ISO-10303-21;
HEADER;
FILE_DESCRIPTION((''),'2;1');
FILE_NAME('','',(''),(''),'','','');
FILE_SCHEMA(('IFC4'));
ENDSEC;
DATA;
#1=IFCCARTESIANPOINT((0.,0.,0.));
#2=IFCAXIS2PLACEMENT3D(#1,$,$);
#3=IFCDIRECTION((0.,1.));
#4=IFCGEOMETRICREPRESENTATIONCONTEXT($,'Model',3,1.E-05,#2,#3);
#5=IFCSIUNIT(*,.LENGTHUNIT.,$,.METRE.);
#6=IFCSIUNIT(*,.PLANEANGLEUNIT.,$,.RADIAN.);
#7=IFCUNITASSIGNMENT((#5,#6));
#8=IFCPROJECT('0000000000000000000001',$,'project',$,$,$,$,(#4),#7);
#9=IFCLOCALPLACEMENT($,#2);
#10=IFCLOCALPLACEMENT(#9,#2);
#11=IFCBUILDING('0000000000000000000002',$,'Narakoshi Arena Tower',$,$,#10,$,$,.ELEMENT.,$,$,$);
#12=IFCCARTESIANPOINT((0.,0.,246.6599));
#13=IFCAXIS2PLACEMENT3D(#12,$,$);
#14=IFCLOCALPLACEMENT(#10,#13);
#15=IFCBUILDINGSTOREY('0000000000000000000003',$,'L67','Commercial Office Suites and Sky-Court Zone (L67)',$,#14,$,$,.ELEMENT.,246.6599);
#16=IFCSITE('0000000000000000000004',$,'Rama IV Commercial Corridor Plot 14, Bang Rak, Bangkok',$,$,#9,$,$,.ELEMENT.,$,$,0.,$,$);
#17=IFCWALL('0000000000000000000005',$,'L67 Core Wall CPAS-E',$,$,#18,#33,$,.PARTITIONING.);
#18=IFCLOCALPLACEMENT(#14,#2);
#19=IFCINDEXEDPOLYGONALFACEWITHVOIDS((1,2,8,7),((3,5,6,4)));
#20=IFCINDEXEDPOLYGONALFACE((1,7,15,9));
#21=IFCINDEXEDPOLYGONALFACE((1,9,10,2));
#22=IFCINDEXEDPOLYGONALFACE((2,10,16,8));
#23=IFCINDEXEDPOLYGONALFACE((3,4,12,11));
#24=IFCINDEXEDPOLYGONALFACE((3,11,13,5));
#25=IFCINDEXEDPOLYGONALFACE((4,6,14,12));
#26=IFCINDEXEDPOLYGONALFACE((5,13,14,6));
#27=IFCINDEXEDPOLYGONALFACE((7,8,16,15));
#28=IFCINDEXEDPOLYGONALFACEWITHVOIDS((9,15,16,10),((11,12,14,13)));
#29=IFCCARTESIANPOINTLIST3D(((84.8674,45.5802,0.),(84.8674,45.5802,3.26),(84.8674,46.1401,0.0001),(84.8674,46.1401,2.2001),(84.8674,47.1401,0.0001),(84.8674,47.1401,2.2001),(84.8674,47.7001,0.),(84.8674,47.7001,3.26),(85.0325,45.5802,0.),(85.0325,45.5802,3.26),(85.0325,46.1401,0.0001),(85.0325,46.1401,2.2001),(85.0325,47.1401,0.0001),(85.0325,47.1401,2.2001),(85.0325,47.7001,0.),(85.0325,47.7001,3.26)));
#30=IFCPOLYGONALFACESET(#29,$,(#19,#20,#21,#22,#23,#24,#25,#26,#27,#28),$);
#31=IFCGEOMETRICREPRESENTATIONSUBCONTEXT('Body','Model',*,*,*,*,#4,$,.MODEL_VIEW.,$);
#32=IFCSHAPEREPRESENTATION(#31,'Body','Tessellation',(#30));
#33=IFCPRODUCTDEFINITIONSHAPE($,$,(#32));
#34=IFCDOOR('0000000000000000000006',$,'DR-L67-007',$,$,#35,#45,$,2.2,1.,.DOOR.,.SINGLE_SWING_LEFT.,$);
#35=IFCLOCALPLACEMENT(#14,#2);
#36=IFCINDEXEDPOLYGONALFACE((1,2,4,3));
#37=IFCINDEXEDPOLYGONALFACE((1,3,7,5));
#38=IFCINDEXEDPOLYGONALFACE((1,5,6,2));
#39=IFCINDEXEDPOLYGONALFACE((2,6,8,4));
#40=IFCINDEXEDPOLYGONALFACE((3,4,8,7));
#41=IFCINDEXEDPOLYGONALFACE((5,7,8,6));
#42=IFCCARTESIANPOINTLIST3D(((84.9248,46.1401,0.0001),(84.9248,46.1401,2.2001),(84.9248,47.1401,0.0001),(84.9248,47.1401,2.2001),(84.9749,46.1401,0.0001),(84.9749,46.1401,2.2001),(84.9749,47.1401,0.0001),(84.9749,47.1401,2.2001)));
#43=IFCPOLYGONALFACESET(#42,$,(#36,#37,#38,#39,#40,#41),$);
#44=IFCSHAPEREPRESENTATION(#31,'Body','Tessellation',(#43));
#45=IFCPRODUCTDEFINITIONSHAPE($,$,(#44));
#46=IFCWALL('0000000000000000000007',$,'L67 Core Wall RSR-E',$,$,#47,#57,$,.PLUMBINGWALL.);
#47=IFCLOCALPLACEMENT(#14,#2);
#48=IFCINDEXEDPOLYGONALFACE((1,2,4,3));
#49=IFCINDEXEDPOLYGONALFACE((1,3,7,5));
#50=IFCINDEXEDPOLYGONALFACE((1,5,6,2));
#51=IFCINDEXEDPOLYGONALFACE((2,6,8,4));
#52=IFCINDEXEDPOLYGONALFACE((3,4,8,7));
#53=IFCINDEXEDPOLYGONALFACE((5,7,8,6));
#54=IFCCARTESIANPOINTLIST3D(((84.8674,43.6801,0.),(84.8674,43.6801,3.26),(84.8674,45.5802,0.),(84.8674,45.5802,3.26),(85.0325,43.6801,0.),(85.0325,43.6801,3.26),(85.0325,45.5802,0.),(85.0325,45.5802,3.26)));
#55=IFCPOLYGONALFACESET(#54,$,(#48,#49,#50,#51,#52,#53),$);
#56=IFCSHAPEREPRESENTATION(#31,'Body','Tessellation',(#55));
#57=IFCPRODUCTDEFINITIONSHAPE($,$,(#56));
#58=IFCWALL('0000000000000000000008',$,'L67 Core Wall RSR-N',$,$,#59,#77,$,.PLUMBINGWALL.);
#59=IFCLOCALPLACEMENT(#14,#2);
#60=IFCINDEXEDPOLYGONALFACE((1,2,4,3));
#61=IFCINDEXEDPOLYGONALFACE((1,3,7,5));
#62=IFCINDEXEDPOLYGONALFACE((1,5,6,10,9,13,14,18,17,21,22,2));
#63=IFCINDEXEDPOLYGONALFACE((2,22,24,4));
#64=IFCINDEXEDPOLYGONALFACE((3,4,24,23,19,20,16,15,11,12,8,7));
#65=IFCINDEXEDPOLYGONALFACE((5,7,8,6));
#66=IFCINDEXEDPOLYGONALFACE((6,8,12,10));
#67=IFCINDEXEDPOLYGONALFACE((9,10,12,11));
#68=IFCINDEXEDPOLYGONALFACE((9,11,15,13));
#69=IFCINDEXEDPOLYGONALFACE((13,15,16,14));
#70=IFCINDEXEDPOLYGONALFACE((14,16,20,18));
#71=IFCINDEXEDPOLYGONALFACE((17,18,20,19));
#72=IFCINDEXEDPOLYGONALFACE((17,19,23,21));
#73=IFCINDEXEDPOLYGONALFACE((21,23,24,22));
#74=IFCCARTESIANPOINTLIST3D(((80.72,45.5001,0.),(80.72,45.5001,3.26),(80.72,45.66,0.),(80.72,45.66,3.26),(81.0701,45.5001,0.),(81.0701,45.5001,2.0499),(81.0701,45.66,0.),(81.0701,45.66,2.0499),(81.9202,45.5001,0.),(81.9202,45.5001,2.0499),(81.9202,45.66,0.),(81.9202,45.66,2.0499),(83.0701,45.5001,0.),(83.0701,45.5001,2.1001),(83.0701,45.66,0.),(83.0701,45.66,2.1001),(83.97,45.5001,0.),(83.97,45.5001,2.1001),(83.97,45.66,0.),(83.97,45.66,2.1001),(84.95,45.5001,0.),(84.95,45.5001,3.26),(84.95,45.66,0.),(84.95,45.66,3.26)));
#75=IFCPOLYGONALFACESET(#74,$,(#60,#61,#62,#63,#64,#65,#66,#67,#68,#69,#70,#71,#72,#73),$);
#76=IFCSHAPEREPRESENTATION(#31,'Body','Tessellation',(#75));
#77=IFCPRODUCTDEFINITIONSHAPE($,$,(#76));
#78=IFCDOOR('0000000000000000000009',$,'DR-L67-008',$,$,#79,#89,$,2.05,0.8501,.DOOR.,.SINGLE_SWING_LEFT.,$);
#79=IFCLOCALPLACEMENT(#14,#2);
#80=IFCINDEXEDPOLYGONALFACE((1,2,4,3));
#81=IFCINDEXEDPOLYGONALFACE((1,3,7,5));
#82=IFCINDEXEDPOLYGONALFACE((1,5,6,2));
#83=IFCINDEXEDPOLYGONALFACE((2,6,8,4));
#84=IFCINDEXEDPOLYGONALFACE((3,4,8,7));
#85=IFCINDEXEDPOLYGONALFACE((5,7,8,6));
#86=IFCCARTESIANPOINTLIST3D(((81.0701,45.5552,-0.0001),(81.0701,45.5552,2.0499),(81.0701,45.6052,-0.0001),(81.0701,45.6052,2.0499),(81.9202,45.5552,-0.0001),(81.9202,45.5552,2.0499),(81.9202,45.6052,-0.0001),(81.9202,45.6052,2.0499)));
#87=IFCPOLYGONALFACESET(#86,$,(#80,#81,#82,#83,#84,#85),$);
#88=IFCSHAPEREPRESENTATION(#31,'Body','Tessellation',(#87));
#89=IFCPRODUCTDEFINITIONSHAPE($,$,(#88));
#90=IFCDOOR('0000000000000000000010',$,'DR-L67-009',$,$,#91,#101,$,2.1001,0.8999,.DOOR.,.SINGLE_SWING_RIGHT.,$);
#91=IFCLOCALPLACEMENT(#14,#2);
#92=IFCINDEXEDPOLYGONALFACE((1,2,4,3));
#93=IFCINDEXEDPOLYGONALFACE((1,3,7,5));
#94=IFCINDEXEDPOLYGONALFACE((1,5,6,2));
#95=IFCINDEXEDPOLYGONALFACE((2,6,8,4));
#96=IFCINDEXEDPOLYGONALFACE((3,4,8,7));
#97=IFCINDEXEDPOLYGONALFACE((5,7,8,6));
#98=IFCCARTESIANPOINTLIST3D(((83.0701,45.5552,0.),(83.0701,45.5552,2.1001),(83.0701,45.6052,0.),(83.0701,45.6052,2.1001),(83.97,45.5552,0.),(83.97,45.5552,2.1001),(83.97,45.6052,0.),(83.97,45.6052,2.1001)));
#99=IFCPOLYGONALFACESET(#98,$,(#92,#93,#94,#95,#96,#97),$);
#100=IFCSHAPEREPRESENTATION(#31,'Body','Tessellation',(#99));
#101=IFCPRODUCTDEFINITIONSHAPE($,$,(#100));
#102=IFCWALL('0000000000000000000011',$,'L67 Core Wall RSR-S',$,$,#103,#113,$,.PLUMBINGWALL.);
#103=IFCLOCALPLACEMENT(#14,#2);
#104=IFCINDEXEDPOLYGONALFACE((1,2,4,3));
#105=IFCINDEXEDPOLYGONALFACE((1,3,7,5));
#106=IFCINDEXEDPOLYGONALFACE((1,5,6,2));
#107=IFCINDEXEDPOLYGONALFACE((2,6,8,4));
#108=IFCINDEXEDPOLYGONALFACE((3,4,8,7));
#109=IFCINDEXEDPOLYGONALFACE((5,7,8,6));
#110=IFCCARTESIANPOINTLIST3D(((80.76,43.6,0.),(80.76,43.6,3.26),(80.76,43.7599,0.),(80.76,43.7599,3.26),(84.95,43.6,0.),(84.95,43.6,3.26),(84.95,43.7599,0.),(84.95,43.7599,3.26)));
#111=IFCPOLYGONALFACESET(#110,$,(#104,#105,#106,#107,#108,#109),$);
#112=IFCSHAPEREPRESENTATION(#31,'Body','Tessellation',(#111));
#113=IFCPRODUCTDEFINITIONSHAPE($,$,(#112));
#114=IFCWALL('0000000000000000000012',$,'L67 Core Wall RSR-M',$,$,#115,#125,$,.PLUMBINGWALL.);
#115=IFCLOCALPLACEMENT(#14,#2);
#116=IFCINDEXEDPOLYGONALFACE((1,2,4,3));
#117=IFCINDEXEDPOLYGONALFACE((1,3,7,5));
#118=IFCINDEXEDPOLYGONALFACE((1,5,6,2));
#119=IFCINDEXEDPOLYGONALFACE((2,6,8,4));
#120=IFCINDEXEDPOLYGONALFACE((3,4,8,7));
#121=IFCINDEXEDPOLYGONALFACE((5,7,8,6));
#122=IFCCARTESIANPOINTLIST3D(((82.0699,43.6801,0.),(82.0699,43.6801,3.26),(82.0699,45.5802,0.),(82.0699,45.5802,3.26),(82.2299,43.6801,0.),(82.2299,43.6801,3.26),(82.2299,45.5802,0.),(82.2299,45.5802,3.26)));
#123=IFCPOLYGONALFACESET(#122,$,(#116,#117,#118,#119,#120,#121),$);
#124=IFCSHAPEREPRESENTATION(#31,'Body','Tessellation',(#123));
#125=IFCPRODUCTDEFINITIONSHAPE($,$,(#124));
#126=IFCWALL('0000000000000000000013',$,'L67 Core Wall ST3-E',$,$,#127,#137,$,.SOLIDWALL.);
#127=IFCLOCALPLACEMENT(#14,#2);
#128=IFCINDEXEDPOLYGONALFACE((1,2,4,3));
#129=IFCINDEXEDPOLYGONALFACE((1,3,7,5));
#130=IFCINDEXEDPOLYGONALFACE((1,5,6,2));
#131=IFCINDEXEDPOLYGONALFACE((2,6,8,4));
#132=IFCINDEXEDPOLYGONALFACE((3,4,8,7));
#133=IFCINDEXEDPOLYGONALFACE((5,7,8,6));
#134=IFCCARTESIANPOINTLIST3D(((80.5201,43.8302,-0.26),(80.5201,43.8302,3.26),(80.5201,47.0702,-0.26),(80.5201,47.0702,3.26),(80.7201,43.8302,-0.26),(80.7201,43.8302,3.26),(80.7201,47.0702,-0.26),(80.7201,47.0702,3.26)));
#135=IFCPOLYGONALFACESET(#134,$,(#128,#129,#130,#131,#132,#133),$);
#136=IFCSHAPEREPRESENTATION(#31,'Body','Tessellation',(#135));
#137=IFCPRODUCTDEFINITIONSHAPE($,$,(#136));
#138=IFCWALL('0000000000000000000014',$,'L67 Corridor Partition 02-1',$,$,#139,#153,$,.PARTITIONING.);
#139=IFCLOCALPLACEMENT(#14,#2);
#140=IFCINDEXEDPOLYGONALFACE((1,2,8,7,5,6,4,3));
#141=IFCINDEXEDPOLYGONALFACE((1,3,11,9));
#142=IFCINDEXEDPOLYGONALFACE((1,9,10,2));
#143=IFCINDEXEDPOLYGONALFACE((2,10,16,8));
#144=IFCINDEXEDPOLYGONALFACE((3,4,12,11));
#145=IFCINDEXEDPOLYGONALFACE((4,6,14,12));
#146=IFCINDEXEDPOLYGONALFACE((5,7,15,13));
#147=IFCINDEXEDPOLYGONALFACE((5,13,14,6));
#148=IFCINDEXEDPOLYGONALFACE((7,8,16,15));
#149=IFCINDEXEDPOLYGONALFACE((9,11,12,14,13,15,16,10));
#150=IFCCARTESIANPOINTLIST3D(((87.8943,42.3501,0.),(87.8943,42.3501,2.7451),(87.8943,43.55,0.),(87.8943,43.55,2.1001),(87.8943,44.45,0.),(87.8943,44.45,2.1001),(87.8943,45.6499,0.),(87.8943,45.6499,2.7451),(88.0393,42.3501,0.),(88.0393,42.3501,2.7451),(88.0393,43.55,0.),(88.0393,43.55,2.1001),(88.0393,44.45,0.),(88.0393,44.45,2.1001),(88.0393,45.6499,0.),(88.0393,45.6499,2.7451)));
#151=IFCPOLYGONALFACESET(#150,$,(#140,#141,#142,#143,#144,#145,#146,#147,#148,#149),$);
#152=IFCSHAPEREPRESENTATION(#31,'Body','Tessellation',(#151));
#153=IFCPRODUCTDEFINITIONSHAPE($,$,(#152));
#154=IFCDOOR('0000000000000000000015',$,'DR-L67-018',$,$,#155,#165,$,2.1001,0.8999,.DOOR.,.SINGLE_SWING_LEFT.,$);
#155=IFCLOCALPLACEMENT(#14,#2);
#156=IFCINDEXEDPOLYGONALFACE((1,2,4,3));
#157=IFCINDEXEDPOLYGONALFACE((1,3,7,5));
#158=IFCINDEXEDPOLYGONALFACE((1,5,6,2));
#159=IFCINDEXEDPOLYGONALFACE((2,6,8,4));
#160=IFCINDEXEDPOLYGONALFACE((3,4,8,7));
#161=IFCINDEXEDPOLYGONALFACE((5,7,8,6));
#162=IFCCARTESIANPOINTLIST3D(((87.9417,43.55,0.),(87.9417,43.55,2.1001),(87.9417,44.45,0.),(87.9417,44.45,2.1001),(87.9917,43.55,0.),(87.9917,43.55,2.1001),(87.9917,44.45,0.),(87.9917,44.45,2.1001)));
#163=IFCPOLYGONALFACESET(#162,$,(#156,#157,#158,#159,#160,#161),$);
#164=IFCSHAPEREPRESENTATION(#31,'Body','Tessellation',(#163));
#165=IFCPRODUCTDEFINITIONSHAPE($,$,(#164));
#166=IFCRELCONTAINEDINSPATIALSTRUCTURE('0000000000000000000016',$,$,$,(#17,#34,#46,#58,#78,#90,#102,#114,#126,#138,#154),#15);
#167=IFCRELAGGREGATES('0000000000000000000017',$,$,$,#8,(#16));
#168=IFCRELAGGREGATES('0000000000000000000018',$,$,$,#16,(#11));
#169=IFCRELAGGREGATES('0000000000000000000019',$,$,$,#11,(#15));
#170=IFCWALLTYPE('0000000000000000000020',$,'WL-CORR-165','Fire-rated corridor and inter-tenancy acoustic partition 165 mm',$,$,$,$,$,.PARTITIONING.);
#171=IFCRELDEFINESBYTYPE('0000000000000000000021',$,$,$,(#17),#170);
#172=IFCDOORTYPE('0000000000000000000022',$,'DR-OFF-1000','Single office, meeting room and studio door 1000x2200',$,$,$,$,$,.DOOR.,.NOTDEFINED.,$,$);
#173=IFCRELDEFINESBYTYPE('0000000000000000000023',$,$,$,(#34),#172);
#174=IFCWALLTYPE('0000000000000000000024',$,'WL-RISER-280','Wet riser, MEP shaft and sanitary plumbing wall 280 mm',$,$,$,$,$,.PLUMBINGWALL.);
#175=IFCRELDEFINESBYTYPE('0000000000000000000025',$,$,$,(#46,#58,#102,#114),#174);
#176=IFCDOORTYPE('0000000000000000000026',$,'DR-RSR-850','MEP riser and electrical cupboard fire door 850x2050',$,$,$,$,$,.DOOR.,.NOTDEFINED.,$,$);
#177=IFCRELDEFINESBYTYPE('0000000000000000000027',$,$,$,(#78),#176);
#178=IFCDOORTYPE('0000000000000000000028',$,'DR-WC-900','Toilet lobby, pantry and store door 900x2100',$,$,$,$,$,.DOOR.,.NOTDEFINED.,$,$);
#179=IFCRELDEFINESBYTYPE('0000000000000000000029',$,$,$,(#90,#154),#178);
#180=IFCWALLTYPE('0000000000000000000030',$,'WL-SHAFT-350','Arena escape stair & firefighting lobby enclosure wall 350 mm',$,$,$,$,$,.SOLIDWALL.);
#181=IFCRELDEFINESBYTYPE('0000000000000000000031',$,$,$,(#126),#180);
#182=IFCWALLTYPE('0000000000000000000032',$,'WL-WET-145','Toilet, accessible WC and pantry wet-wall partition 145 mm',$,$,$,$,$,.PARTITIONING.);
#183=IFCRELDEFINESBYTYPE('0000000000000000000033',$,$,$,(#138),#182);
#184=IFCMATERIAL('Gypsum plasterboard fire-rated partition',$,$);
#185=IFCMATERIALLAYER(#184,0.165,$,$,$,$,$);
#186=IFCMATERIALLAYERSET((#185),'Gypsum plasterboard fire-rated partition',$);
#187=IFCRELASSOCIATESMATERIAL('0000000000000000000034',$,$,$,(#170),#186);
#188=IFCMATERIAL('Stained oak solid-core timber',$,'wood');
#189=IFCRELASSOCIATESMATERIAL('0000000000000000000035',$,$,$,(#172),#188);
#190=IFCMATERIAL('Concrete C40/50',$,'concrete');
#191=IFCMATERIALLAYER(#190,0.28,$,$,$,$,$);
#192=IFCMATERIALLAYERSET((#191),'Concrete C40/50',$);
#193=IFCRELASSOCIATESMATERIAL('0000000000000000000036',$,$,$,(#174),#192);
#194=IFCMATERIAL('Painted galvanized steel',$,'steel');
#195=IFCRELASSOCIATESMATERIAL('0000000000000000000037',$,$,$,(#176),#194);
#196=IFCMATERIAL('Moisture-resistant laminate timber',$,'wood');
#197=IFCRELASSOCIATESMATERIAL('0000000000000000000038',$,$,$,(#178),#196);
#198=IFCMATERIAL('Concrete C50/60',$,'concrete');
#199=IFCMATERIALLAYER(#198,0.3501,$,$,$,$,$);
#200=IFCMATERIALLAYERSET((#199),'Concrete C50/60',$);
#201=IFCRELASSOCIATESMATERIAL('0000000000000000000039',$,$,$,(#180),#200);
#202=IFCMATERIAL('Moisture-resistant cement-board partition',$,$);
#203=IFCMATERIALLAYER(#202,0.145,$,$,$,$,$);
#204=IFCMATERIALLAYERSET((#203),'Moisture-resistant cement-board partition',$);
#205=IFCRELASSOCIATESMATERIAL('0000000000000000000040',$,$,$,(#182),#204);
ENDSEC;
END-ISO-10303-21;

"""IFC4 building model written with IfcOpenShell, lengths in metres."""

from ifc_helpers import new_model, si_unit, direction, frame, frame_2d, origin, place, context, subcontext, project, spatial, rectangle, extrude, material, layer, layer_set, type_object, element, fill, save


model = new_model("IFC4")

# Units and contexts
model_context = context("Model", 3, precision=1e-05, world=origin(), true_north=direction((0.0, 1.0)))
body_context = subcontext(model_context, "Body", "Model", "MODEL_VIEW")
ifc_project = project(units=[si_unit("LENGTHUNIT", "METRE"), si_unit("PLANEANGLEUNIT", "RADIAN")], contexts=[model_context])

# Site, building, storey
site_placement = place(None, origin())
site = spatial("IfcSite", under=ifc_project, at=site_placement, Name="Rama IV Commercial Corridor Plot 14, Bang Rak, Bangkok", CompositionType="ELEMENT", RefElevation=0.0)
building_placement = place(site_placement, origin())
building = spatial("IfcBuilding", under=site, at=building_placement, Name="Narakoshi Arena Tower", CompositionType="ELEMENT")
storey_placement = place(building_placement, frame((0.0, 0.0, 246.6599)))
storey = spatial("IfcBuildingStorey", under=building, at=storey_placement, Name="L67", Description="Commercial Office Suites and Sky-Court Zone (L67)", CompositionType="ELEMENT", Elevation=246.6599)

# Shared definitions
ifc_material_1 = material(Name="Concrete C50/60", Category="concrete")

# Wall, opening, door
ifc_material_2 = material(Name="Gypsum plasterboard fire-rated partition")
ifc_layer_1 = layer(ifc_material_2, 0.165)
ifc_layer_set_1 = layer_set([ifc_layer_1], Name="Gypsum plasterboard fire-rated partition")
wall_type_1 = type_object("IfcWallType", Name="WL-CORR-165", Description="Fire-rated corridor and inter-tenancy acoustic partition 165 mm", PredefinedType="PARTITIONING", material=ifc_layer_set_1)
wall_1_placement = place(storey_placement, frame((84.95, 45.5801, 0.0), z_axis=(0.0, 0.0, 1.0), x_axis=(0.0, 1.0, 0.0)))
wall_1 = element("IfcWall", 1, at=wall_1_placement, inside=storey, type_object=wall_type_1, Name="L67 Core Wall CPAS-E", PredefinedType="PARTITIONING", context=body_context, shape_type="SweptSolid", body=[
    extrude(rectangle(XDim=2.1199, YDim=0.165, at=frame_2d((1.0601, 0.0))), origin(), (0.0, 0.0, 1.0), 3.26),
])
opening_1_placement = place(wall_1_placement, frame((0.5601, 0.0, 0.0)))
opening_1 = element("IfcOpeningElement", 2, at=opening_1_placement, cuts=wall_1, PredefinedType="OPENING", context=body_context, shape_type="SweptSolid", body=[
    extrude(rectangle(XDim=1.0, YDim=2.2, at=frame_2d((0.5, 1.1001))), frame((0.0, 0.0925, 0.0), z_axis=(0.0, -1.0, 0.0), x_axis=(1.0, 0.0, 0.0)), (0.0, 0.0, 1.0), 0.1851),
])
ifc_material_3 = material(Name="Stained oak solid-core timber", Category="wood")
door_type_1 = type_object("IfcDoorType", Name="DR-OFF-1000", Description="Single office, meeting room and studio door 1000x2200", OperationType="NOTDEFINED", PredefinedType="DOOR", material=ifc_material_3)
door_1_placement = place(opening_1_placement, frame((1.0, 0.0, 0.0), z_axis=(0.0, 0.0, 1.0), x_axis=(-1.0, 0.0, 0.0)))
door_1 = element("IfcDoor", 3, at=door_1_placement, inside=storey, type_object=door_type_1, Name="DR-L67-007", OperationType="SINGLE_SWING_LEFT", OverallHeight=2.2, OverallWidth=1.0, PredefinedType="DOOR", context=body_context, shape_type="SweptSolid", body=[
    extrude(rectangle(XDim=1.0, YDim=2.2, at=frame_2d((0.5, 1.1001))), frame((0.0, 0.0249, 0.0), z_axis=(0.0, -1.0, 0.0), x_axis=(1.0, 0.0, 0.0)), (0.0, 0.0, 1.0), 0.05),
])
fill(opening_1, door_1)

# Wall
ifc_material_4 = material(Name="Concrete C40/50", Category="concrete")
ifc_layer_2 = layer(ifc_material_4, 0.28)
ifc_layer_set_2 = layer_set([ifc_layer_2], Name="Concrete C40/50")
wall_type_2 = type_object("IfcWallType", Name="WL-RISER-280", Description="Wet riser, MEP shaft and sanitary plumbing wall 280 mm", PredefinedType="PLUMBINGWALL", material=ifc_layer_set_2)
wall_2_placement = place(storey_placement, frame((84.95, 43.6799, 0.0), z_axis=(0.0, 0.0, 1.0), x_axis=(0.0, 1.0, 0.0)))
element("IfcWall", 4, at=wall_2_placement, inside=storey, type_object=wall_type_2, Name="L67 Core Wall RSR-E", PredefinedType="PLUMBINGWALL", context=body_context, shape_type="SweptSolid", body=[
    extrude(rectangle(XDim=1.9001, YDim=0.165, at=frame_2d((0.9502, 0.0))), origin(), (0.0, 0.0, 1.0), 3.26),
])

# Wall, openings, doors
wall_3_placement = place(storey_placement, frame((80.72, 45.5801, 0.0), z_axis=(0.0, 0.0, 1.0), x_axis=(1.0, 0.0, 0.0)))
wall_3 = element("IfcWall", 5, at=wall_3_placement, inside=storey, type_object=wall_type_2, Name="L67 Core Wall RSR-N", PredefinedType="PLUMBINGWALL", context=body_context, shape_type="SweptSolid", body=[
    extrude(rectangle(XDim=4.23, YDim=0.1599, at=frame_2d((2.115, 0.0))), origin(), (0.0, 0.0, 1.0), 3.26),
])
opening_2_placement = place(wall_3_placement, frame((0.3501, 0.0, 0.0)))
opening_2 = element("IfcOpeningElement", 6, at=opening_2_placement, cuts=wall_3, PredefinedType="OPENING", context=body_context, shape_type="SweptSolid", body=[
    extrude(rectangle(XDim=0.8501, YDim=2.05, at=frame_2d((0.425, 1.0249))), frame((0.0, 0.0898, 0.0), z_axis=(0.0, -1.0, 0.0), x_axis=(1.0, 0.0, 0.0)), (0.0, 0.0, 1.0), 0.1799),
])
opening_3_placement = place(wall_3_placement, frame((2.3501, 0.0, 0.0)))
opening_3 = element("IfcOpeningElement", 7, at=opening_3_placement, cuts=wall_3, PredefinedType="OPENING", context=body_context, shape_type="SweptSolid", body=[
    extrude(rectangle(XDim=0.8999, YDim=2.1001, at=frame_2d((0.45, 1.05))), frame((0.0, 0.0898, 0.0), z_axis=(0.0, -1.0, 0.0), x_axis=(1.0, 0.0, 0.0)), (0.0, 0.0, 1.0), 0.1799),
])
ifc_material_5 = material(Name="Painted galvanized steel", Category="steel")
door_type_2 = type_object("IfcDoorType", Name="DR-RSR-850", Description="MEP riser and electrical cupboard fire door 850x2050", OperationType="NOTDEFINED", PredefinedType="DOOR", material=ifc_material_5)
door_2_placement = place(opening_2_placement, frame((0.8501, 0.0, 0.0), z_axis=(0.0, 0.0, 1.0), x_axis=(-1.0, 0.0, 0.0)))
door_2 = element("IfcDoor", 8, at=door_2_placement, inside=storey, type_object=door_type_2, Name="DR-L67-008", OperationType="SINGLE_SWING_LEFT", OverallHeight=2.05, OverallWidth=0.8501, PredefinedType="DOOR", context=body_context, shape_type="SweptSolid", body=[
    extrude(rectangle(XDim=0.8501, YDim=2.05, at=frame_2d((0.425, 1.0249))), frame((0.0, 0.0249, 0.0), z_axis=(0.0, -1.0, 0.0), x_axis=(1.0, 0.0, 0.0)), (0.0, 0.0, 1.0), 0.05),
])
fill(opening_2, door_2)
ifc_material_6 = material(Name="Moisture-resistant laminate timber", Category="wood")
door_type_3 = type_object("IfcDoorType", Name="DR-WC-900", Description="Toilet lobby, pantry and store door 900x2100", OperationType="NOTDEFINED", PredefinedType="DOOR", material=ifc_material_6)
door_3_placement = place(opening_3_placement, frame((0.8999, 0.0, 0.0), z_axis=(0.0, 0.0, 1.0), x_axis=(-1.0, 0.0, 0.0)))
door_3 = element("IfcDoor", 9, at=door_3_placement, inside=storey, type_object=door_type_3, Name="DR-L67-009", OperationType="SINGLE_SWING_RIGHT", OverallHeight=2.1001, OverallWidth=0.8999, PredefinedType="DOOR", context=body_context, shape_type="SweptSolid", body=[
    extrude(rectangle(XDim=0.8999, YDim=2.1001, at=frame_2d((0.45, 1.05))), frame((0.0, 0.0249, 0.0), z_axis=(0.0, -1.0, 0.0), x_axis=(1.0, 0.0, 0.0)), (0.0, 0.0, 1.0), 0.05),
])
fill(opening_3, door_3)

# Walls
wall_4_placement = place(storey_placement, frame((80.76, 43.6799, 0.0), z_axis=(0.0, 0.0, 1.0), x_axis=(1.0, 0.0, 0.0)))
element("IfcWall", 10, at=wall_4_placement, inside=storey, type_object=wall_type_2, Name="L67 Core Wall RSR-S", PredefinedType="PLUMBINGWALL", context=body_context, shape_type="SweptSolid", body=[
    extrude(rectangle(XDim=4.1899, YDim=0.1599, at=frame_2d((2.095, 0.0))), origin(), (0.0, 0.0, 1.0), 3.26),
])
wall_5_placement = place(storey_placement, frame((82.1499, 43.6799, 0.0), z_axis=(0.0, 0.0, 1.0), x_axis=(0.0, 1.0, 0.0)))
element("IfcWall", 11, at=wall_5_placement, inside=storey, type_object=wall_type_2, Name="L67 Core Wall RSR-M", PredefinedType="PLUMBINGWALL", context=body_context, shape_type="SweptSolid", body=[
    extrude(rectangle(XDim=1.9001, YDim=0.1599, at=frame_2d((0.9502, 0.0))), origin(), (0.0, 0.0, 1.0), 3.26),
])
ifc_layer_3 = layer(ifc_material_1, 0.3501)
ifc_layer_set_3 = layer_set([ifc_layer_3], Name="Concrete C50/60")
wall_type_3 = type_object("IfcWallType", Name="WL-SHAFT-350", Description="Arena escape stair & firefighting lobby enclosure wall 350 mm", PredefinedType="SOLIDWALL", material=ifc_layer_set_3)
wall_6_placement = place(storey_placement, frame((80.6201, 43.8301, -0.26), z_axis=(0.0, 0.0, 1.0), x_axis=(0.0, 1.0, 0.0)))
element("IfcWall", 12, at=wall_6_placement, inside=storey, type_object=wall_type_3, Name="L67 Core Wall ST3-E", PredefinedType="SOLIDWALL", context=body_context, shape_type="SweptSolid", body=[
    extrude(rectangle(XDim=3.24, YDim=0.2, at=frame_2d((1.6201, 0.0))), origin(), (0.0, 0.0, 1.0), 3.52),
])

# Wall, opening, door
ifc_material_7 = material(Name="Moisture-resistant cement-board partition")
ifc_layer_4 = layer(ifc_material_7, 0.145)
ifc_layer_set_4 = layer_set([ifc_layer_4], Name="Moisture-resistant cement-board partition")
wall_type_4 = type_object("IfcWallType", Name="WL-WET-145", Description="Toilet, accessible WC and pantry wet-wall partition 145 mm", PredefinedType="PARTITIONING", material=ifc_layer_set_4)
wall_7_placement = place(storey_placement, frame((87.9668, 42.3501, 0.0), z_axis=(0.0, 0.0, 1.0), x_axis=(0.0, 1.0, 0.0)))
wall_7 = element("IfcWall", 13, at=wall_7_placement, inside=storey, type_object=wall_type_4, Name="L67 Corridor Partition 02-1", PredefinedType="PARTITIONING", context=body_context, shape_type="SweptSolid", body=[
    extrude(rectangle(XDim=3.2998, YDim=0.145, at=frame_2d((1.6499, 0.0))), origin(), (0.0, 0.0, 1.0), 2.7451),
])
opening_4_placement = place(wall_7_placement, frame((1.2, 0.0, 0.0)))
opening_4 = element("IfcOpeningElement", 14, at=opening_4_placement, cuts=wall_7, PredefinedType="OPENING", context=body_context, shape_type="SweptSolid", body=[
    extrude(rectangle(XDim=0.8999, YDim=2.1001, at=frame_2d((0.45, 1.05))), frame((0.0, 0.0825, 0.0), z_axis=(0.0, -1.0, 0.0), x_axis=(1.0, 0.0, 0.0)), (0.0, 0.0, 1.0), 0.165),
])
door_4_placement = place(opening_4_placement, frame((0.8999, 0.0, 0.0), z_axis=(0.0, 0.0, 1.0), x_axis=(-1.0, 0.0, 0.0)))
door_4 = element("IfcDoor", 15, at=door_4_placement, inside=storey, type_object=door_type_3, Name="DR-L67-018", OperationType="SINGLE_SWING_LEFT", OverallHeight=2.1001, OverallWidth=0.8999, PredefinedType="DOOR", context=body_context, shape_type="SweptSolid", body=[
    extrude(rectangle(XDim=0.8999, YDim=2.1001, at=frame_2d((0.45, 1.05))), frame((0.0, 0.0249, 0.0), z_axis=(0.0, -1.0, 0.0), x_axis=(1.0, 0.0, 0.0)), (0.0, 0.0, 1.0), 0.05),
])
fill(opening_4, door_4)

save(model, "model.ifc")
